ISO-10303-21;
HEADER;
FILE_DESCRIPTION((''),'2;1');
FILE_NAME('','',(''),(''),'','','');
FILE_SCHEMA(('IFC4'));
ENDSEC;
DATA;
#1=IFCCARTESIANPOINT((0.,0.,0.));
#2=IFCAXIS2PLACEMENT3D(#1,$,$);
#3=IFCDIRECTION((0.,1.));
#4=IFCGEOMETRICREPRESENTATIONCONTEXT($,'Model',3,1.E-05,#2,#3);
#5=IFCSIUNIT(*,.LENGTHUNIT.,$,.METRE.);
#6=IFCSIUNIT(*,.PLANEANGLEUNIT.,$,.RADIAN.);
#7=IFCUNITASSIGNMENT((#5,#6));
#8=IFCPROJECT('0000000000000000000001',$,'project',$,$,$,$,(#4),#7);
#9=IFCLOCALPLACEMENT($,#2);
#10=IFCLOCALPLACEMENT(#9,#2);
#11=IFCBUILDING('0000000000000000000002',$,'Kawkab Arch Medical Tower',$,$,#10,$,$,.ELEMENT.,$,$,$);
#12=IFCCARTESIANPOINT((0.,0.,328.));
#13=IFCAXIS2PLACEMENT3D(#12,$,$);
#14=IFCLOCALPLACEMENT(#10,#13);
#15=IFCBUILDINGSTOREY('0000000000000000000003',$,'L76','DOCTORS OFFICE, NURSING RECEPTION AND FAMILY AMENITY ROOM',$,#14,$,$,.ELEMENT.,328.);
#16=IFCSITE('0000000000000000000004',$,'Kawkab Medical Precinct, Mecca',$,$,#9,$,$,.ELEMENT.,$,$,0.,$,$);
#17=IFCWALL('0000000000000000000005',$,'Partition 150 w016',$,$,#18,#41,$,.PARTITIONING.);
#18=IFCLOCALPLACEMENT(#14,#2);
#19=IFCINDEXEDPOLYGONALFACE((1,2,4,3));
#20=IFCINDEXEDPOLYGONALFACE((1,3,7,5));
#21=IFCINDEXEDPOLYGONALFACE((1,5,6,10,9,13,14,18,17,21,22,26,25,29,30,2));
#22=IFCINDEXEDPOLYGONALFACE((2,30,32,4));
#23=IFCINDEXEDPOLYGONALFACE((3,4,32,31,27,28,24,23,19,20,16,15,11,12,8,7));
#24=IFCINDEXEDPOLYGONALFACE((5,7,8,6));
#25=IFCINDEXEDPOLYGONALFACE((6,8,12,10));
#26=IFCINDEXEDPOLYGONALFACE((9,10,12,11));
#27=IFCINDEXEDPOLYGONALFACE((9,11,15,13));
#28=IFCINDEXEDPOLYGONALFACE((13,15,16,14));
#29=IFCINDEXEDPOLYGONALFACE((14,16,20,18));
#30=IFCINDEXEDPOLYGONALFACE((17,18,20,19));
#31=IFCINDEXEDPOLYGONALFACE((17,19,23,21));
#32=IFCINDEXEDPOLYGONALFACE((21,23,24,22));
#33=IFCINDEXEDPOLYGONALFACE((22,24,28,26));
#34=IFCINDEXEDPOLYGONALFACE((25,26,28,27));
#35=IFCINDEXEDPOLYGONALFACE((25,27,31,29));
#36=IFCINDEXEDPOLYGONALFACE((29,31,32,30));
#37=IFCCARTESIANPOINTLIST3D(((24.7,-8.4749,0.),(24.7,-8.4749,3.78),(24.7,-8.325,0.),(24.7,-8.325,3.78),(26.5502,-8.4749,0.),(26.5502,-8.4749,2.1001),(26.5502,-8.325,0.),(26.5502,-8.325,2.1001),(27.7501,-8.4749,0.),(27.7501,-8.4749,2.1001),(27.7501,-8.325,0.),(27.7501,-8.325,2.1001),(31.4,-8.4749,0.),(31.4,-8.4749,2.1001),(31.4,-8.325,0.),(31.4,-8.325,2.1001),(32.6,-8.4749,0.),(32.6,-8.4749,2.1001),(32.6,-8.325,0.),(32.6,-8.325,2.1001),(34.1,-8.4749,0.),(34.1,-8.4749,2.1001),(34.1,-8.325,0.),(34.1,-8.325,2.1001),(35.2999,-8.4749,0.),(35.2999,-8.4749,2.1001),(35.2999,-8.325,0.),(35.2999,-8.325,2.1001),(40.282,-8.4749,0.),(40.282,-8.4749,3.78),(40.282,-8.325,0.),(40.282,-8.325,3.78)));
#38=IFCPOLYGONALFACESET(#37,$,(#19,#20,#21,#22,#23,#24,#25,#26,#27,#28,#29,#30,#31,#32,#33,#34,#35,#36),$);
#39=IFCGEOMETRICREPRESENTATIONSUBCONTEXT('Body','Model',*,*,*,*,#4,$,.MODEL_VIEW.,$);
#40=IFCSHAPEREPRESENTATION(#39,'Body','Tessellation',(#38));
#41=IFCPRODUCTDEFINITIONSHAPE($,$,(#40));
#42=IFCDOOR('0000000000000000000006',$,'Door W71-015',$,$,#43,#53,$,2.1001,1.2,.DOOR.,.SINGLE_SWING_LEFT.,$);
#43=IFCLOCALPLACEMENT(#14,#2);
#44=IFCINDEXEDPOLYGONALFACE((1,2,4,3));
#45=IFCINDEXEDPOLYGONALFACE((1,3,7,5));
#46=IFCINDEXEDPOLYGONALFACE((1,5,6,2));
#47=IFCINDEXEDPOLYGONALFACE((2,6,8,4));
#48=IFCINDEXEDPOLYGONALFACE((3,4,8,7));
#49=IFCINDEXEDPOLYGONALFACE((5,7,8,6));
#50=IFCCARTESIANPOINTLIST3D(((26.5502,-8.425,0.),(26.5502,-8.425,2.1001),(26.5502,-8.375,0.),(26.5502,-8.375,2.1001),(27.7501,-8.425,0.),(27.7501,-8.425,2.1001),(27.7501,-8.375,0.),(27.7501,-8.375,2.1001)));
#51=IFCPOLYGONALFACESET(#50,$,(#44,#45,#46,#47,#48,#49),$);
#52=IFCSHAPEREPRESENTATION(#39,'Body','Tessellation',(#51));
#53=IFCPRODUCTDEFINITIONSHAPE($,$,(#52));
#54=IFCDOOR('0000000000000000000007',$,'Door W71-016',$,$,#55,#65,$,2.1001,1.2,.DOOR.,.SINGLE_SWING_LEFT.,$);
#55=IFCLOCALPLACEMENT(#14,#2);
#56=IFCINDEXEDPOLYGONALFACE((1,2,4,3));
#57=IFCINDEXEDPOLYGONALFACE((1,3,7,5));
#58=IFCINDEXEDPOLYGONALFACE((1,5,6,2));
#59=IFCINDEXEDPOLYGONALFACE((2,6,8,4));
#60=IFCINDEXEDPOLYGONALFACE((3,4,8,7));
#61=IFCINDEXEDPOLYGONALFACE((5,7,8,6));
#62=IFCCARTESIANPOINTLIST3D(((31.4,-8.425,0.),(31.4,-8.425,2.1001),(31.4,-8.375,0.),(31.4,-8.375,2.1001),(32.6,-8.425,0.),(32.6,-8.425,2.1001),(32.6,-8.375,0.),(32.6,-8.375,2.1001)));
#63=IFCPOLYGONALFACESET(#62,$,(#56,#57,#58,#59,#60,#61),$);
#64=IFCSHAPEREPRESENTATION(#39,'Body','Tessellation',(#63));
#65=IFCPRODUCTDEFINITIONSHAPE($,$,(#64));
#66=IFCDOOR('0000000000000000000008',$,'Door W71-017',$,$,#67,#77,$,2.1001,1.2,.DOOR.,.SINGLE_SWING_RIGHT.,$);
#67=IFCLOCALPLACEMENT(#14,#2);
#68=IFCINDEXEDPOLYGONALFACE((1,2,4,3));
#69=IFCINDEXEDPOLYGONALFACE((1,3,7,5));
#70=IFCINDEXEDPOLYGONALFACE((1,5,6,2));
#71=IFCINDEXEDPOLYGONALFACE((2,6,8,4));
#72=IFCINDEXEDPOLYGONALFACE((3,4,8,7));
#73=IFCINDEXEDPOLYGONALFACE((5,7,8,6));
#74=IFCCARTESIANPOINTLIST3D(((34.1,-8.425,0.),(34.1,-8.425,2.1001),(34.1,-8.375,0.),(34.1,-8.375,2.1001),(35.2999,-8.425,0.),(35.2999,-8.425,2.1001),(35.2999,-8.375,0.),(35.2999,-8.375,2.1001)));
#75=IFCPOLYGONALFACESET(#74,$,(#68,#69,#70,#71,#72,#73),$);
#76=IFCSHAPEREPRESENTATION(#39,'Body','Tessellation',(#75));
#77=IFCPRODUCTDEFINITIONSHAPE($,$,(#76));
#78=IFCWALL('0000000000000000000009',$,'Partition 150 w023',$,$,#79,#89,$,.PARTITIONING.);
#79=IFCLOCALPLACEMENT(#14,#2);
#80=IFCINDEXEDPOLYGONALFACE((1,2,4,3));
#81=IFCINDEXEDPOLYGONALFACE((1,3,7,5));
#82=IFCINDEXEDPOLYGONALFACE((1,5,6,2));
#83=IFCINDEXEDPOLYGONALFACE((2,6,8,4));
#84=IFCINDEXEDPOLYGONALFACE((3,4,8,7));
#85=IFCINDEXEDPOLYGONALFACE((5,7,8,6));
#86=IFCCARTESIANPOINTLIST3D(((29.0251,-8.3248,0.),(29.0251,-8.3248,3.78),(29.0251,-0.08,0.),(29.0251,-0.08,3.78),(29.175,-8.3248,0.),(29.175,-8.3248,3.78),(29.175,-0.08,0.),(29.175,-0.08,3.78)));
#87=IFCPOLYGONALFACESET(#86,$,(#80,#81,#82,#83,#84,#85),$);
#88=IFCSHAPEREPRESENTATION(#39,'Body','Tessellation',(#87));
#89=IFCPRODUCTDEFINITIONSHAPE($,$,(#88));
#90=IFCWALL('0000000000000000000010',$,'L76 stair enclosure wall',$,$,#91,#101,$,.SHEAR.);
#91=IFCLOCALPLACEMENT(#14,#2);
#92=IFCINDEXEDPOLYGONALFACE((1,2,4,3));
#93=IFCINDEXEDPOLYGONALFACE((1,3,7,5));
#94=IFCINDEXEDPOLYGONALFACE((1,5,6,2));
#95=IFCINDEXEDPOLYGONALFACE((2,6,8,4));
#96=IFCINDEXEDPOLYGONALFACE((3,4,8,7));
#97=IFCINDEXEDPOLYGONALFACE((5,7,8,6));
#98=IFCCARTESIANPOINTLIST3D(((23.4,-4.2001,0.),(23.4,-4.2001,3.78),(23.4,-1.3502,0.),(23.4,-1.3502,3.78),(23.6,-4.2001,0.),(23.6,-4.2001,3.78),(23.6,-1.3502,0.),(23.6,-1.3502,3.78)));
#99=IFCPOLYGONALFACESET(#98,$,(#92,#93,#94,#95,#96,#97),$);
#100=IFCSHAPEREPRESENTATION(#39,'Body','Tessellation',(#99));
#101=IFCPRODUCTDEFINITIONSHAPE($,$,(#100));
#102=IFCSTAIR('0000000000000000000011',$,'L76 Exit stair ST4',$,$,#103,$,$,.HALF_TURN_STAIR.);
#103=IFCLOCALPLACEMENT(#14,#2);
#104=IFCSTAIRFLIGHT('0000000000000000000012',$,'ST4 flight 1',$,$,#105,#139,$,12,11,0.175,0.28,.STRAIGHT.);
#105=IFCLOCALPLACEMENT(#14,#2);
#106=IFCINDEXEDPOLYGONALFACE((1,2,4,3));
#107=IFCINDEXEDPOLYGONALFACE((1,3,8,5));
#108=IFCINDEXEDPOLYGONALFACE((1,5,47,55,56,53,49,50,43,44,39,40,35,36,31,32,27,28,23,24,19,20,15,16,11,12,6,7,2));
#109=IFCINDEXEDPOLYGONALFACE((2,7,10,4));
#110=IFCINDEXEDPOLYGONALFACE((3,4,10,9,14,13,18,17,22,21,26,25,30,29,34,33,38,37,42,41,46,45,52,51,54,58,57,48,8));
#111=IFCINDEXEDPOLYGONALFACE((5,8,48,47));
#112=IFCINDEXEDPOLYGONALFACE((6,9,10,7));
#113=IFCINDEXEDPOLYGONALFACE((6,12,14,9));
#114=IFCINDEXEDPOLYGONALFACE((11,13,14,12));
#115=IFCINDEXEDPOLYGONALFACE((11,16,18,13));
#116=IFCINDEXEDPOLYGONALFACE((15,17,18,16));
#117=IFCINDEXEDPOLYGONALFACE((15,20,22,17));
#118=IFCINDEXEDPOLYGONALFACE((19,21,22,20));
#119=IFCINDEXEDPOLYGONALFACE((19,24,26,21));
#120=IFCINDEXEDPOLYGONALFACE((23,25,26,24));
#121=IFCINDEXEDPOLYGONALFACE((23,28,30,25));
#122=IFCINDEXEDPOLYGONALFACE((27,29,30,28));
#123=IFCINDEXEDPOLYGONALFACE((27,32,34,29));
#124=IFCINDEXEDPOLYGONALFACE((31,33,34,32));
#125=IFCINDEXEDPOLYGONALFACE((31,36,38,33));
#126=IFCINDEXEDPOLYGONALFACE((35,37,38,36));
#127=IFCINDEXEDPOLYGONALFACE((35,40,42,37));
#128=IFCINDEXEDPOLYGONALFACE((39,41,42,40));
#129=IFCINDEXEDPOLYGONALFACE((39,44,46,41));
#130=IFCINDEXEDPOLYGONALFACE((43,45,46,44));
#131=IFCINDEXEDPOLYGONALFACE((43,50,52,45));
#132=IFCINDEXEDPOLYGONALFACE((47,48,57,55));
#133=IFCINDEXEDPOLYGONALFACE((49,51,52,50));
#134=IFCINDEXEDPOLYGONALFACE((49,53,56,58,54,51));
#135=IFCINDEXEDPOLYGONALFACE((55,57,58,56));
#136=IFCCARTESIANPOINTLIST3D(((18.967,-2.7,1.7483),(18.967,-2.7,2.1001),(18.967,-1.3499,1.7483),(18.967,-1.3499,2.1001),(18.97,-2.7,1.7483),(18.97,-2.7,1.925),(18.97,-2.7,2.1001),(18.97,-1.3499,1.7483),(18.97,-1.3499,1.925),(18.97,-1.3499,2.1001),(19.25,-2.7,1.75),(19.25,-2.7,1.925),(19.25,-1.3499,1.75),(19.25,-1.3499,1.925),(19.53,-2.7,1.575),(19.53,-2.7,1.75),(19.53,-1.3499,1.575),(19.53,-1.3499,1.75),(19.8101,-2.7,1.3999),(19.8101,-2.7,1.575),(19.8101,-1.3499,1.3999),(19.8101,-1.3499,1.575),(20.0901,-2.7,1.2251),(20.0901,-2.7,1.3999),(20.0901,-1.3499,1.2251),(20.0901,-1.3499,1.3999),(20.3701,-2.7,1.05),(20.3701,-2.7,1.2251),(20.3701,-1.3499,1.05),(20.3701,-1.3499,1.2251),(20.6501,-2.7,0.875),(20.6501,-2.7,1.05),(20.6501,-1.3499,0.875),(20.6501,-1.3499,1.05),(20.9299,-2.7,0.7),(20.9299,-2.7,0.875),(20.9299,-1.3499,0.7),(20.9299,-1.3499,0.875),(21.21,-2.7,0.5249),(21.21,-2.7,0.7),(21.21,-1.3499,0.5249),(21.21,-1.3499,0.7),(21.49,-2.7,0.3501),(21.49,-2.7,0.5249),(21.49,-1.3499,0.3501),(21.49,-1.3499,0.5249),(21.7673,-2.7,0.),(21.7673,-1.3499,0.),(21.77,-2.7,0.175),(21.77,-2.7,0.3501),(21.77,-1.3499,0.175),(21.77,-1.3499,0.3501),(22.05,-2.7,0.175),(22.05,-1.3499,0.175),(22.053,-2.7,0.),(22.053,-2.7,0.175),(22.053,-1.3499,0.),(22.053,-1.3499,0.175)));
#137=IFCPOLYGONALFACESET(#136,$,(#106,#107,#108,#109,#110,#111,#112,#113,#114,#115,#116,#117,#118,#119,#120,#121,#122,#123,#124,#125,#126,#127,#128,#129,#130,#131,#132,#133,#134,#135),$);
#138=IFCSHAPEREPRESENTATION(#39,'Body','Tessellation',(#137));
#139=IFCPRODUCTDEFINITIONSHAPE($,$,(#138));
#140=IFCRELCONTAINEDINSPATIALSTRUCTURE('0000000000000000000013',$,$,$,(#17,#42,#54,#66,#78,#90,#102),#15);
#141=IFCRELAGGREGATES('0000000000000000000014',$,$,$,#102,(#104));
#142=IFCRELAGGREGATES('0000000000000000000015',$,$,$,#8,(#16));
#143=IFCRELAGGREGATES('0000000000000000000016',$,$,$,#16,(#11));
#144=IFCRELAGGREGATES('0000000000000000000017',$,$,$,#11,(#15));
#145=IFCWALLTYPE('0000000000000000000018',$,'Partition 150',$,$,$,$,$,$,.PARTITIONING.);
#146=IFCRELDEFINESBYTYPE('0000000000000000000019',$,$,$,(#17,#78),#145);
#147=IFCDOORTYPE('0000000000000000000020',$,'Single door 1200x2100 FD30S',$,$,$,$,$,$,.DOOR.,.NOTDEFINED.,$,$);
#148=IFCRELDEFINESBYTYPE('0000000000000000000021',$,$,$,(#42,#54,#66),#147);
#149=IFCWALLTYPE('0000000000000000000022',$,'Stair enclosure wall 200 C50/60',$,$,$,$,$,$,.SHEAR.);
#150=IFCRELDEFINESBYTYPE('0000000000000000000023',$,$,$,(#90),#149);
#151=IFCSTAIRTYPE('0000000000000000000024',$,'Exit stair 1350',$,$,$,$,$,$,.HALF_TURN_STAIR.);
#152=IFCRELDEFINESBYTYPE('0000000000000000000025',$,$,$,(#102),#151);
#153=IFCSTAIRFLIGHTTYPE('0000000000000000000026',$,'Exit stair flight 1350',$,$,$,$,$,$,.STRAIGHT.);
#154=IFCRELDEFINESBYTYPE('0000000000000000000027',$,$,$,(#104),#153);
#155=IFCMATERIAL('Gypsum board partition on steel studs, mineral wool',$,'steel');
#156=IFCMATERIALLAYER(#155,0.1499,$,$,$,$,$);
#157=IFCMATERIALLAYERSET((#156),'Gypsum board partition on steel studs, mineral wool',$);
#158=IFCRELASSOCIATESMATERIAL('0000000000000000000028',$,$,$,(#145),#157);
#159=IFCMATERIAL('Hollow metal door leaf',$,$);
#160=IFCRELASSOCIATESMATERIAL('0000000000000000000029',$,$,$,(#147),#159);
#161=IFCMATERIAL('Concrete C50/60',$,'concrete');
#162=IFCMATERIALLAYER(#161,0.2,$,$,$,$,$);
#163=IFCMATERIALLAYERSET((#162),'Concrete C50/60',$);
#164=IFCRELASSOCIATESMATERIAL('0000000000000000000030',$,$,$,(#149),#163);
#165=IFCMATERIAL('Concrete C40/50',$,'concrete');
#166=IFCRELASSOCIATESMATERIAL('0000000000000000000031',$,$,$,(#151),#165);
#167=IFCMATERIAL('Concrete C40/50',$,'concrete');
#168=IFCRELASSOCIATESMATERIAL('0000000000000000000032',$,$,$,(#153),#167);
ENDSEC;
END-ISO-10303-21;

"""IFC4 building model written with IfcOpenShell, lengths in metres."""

from ifc_helpers import new_model, si_unit, direction, frame, frame_2d, origin, place, context, subcontext, project, spatial, polyline, rectangle, outline, extrude, material, layer, layer_set, type_object, element, fill, aggregate, save


model = new_model("IFC4")

# Units and contexts
model_context = context("Model", 3, precision=1e-05, world=origin(), true_north=direction((0.0, 1.0)))
body_context = subcontext(model_context, "Body", "Model", "MODEL_VIEW")
ifc_project = project(units=[si_unit("LENGTHUNIT", "METRE"), si_unit("PLANEANGLEUNIT", "RADIAN")], contexts=[model_context])

# Site, building, storey
site_placement = place(None, origin())
site = spatial("IfcSite", under=ifc_project, at=site_placement, Name="Kawkab Medical Precinct, Mecca", CompositionType="ELEMENT", RefElevation=0.0)
building_placement = place(site_placement, origin())
building = spatial("IfcBuilding", under=site, at=building_placement, Name="Kawkab Arch Medical Tower", CompositionType="ELEMENT")
storey_placement = place(building_placement, frame((0.0, 0.0, 328.0)))
storey = spatial("IfcBuildingStorey", under=building, at=storey_placement, Name="L76", Description="DOCTORS OFFICE, NURSING RECEPTION AND FAMILY AMENITY ROOM", CompositionType="ELEMENT", Elevation=328.0)

# Shared definitions
placement = place(storey_placement, origin())

# Wall, openings, doors
ifc_material_1 = material(Name="Gypsum board partition on steel studs, mineral wool", Category="steel")
ifc_layer_1 = layer(ifc_material_1, 0.1499)
ifc_layer_set_1 = layer_set([ifc_layer_1], Name="Gypsum board partition on steel studs, mineral wool")
wall_type_1 = type_object("IfcWallType", Name="Partition 150", PredefinedType="PARTITIONING", material=ifc_layer_set_1)
wall_1_placement = place(storey_placement, frame((24.7, -8.3999, 0.0), z_axis=(0.0, 0.0, 1.0), x_axis=(1.0, 0.0, 0.0)))
wall_1 = element("IfcWall", 1, at=wall_1_placement, inside=storey, type_object=wall_type_1, Name="Partition 150 w016", PredefinedType="PARTITIONING", context=body_context, shape_type="SweptSolid", body=[
    extrude(rectangle(XDim=15.582, YDim=0.1499, at=frame_2d((7.791, 0.0))), origin(), (0.0, 0.0, 1.0), 3.78),
])
opening_1_placement = place(wall_1_placement, frame((1.8501, 0.0, 0.0)))
opening_1 = element("IfcOpeningElement", 2, at=opening_1_placement, cuts=wall_1, PredefinedType="OPENING", context=body_context, shape_type="SweptSolid", body=[
    extrude(rectangle(XDim=1.2, YDim=2.1001, at=frame_2d((0.6001, 1.05))), frame((0.0, 0.085, 0.0), z_axis=(0.0, -1.0, 0.0), x_axis=(1.0, 0.0, 0.0)), (0.0, 0.0, 1.0), 0.1699),
])
opening_2_placement = place(wall_1_placement, frame((6.7, 0.0, 0.0)))
opening_2 = element("IfcOpeningElement", 3, at=opening_2_placement, cuts=wall_1, PredefinedType="OPENING", context=body_context, shape_type="SweptSolid", body=[
    extrude(rectangle(XDim=1.2, YDim=2.1001, at=frame_2d((0.6001, 1.05))), frame((0.0, 0.085, 0.0), z_axis=(0.0, -1.0, 0.0), x_axis=(1.0, 0.0, 0.0)), (0.0, 0.0, 1.0), 0.1699),
])
opening_3_placement = place(wall_1_placement, frame((9.3999, 0.0, 0.0)))
opening_3 = element("IfcOpeningElement", 4, at=opening_3_placement, cuts=wall_1, PredefinedType="OPENING", context=body_context, shape_type="SweptSolid", body=[
    extrude(rectangle(XDim=1.2, YDim=2.1001, at=frame_2d((0.6001, 1.05))), frame((0.0, 0.085, 0.0), z_axis=(0.0, -1.0, 0.0), x_axis=(1.0, 0.0, 0.0)), (0.0, 0.0, 1.0), 0.1699),
])
ifc_material_2 = material(Name="Hollow metal door leaf")
door_type_1 = type_object("IfcDoorType", Name="Single door 1200x2100 FD30S", OperationType="NOTDEFINED", PredefinedType="DOOR", material=ifc_material_2)
door_1_placement = place(opening_1_placement, origin())
door_1 = element("IfcDoor", 5, at=door_1_placement, inside=storey, type_object=door_type_1, Name="Door W71-015", OperationType="SINGLE_SWING_LEFT", OverallHeight=2.1001, OverallWidth=1.2, PredefinedType="DOOR", context=body_context, shape_type="SweptSolid", body=[
    extrude(rectangle(XDim=1.2, YDim=2.1001, at=frame_2d((0.6001, 1.05))), frame((0.0, 0.0249, 0.0), z_axis=(0.0, -1.0, 0.0), x_axis=(1.0, 0.0, 0.0)), (0.0, 0.0, 1.0), 0.05),
])
fill(opening_1, door_1)
door_2_placement = place(opening_2_placement, origin())
door_2 = element("IfcDoor", 6, at=door_2_placement, inside=storey, type_object=door_type_1, Name="Door W71-016", OperationType="SINGLE_SWING_LEFT", OverallHeight=2.1001, OverallWidth=1.2, PredefinedType="DOOR", context=body_context, shape_type="SweptSolid", body=[
    extrude(rectangle(XDim=1.2, YDim=2.1001, at=frame_2d((0.6001, 1.05))), frame((0.0, 0.0249, 0.0), z_axis=(0.0, -1.0, 0.0), x_axis=(1.0, 0.0, 0.0)), (0.0, 0.0, 1.0), 0.05),
])
fill(opening_2, door_2)
door_3_placement = place(opening_3_placement, origin())
door_3 = element("IfcDoor", 7, at=door_3_placement, inside=storey, type_object=door_type_1, Name="Door W71-017", OperationType="SINGLE_SWING_RIGHT", OverallHeight=2.1001, OverallWidth=1.2, PredefinedType="DOOR", context=body_context, shape_type="SweptSolid", body=[
    extrude(rectangle(XDim=1.2, YDim=2.1001, at=frame_2d((0.6001, 1.05))), frame((0.0, 0.0249, 0.0), z_axis=(0.0, -1.0, 0.0), x_axis=(1.0, 0.0, 0.0)), (0.0, 0.0, 1.0), 0.05),
])
fill(opening_3, door_3)

# Walls
wall_2_placement = place(storey_placement, frame((29.1001, -8.325, 0.0), z_axis=(0.0, 0.0, 1.0), x_axis=(0.0, 1.0, 0.0)))
element("IfcWall", 8, at=wall_2_placement, inside=storey, type_object=wall_type_1, Name="Partition 150 w023", PredefinedType="PARTITIONING", context=body_context, shape_type="SweptSolid", body=[
    extrude(rectangle(XDim=8.2449, YDim=0.1499, at=frame_2d((4.1226, 0.0))), origin(), (0.0, 0.0, 1.0), 3.78),
])
ifc_material_3 = material(Name="Concrete C50/60", Category="concrete")
ifc_layer_2 = layer(ifc_material_3, 0.2)
ifc_layer_set_2 = layer_set([ifc_layer_2], Name="Concrete C50/60")
wall_type_2 = type_object("IfcWallType", Name="Stair enclosure wall 200 C50/60", PredefinedType="SHEAR", material=ifc_layer_set_2)
wall_3_placement = place(storey_placement, frame((23.5, -4.2, 0.0), z_axis=(0.0, 0.0, 1.0), x_axis=(0.0, 1.0, 0.0)))
element("IfcWall", 9, at=wall_3_placement, inside=storey, type_object=wall_type_2, Name="L76 stair enclosure wall", PredefinedType="SHEAR", context=body_context, shape_type="SweptSolid", body=[
    extrude(rectangle(XDim=2.8499, YDim=0.2, at=frame_2d((1.4248, 0.0))), origin(), (0.0, 0.0, 1.0), 3.78),
])

# Stair, stair flight
ifc_material_4 = material(Name="Concrete C40/50", Category="concrete")
stair_type = type_object("IfcStairType", Name="Exit stair 1350", PredefinedType="HALF_TURN_STAIR", material=ifc_material_4)
stair = element("IfcStair", 10, at=placement, inside=storey, type_object=stair_type, Name="L76 Exit stair ST4", PredefinedType="HALF_TURN_STAIR")
ifc_material_5 = material(Name="Concrete C40/50", Category="concrete")
stair_flight_type = type_object("IfcStairFlightType", Name="Exit stair flight 1350", PredefinedType="STRAIGHT", material=ifc_material_5)
stair_flight_1_placement = place(storey_placement, frame((22.05, -2.0249, 0.0), z_axis=(0.0, 0.0, 1.0), x_axis=(-1.0, 0.0, 0.0)))
stair_flight_1 = element("IfcStairFlight", 11, at=stair_flight_1_placement, type_object=stair_flight_type, Name="ST4 flight 1", NumberOfRisers=12, NumberOfTreads=11, PredefinedType="STRAIGHT", RiserHeight=0.175, TreadLength=0.28, context=body_context, shape_type="SweptSolid", body=[
    extrude(outline(polyline([(-0.0029, 0.0), (-0.0029, 0.175), (0.0, 0.175), (0.28, 0.175), (0.28, 0.3501), (0.5601, 0.3501), (0.5601, 0.5249), (0.8401, 0.5249), (0.8401, 0.7), (1.1201, 0.7), (1.1201, 0.875), (1.3999, 0.875), (1.3999, 1.05), (1.6799, 1.05), (1.6799, 1.2251), (1.96, 1.2251), (1.96, 1.3999), (2.24, 1.3999), (2.24, 1.575), (2.52, 1.575), (2.52, 1.75), (2.8, 1.75), (2.8, 1.925), (3.0801, 1.925), (3.0801, 2.1001), (3.083, 2.1001), (3.083, 1.7483), (3.0801, 1.7483), (0.2827, 0.0), (-0.0029, 0.0)])), frame((0.0, 0.675, 0.0), z_axis=(0.0, -1.0, 0.0), x_axis=(1.0, 0.0, 0.0)), (0.0, 0.0, 1.0), 1.3501),
])
aggregate(stair, [stair_flight_1])

save(model, "model.ifc")
